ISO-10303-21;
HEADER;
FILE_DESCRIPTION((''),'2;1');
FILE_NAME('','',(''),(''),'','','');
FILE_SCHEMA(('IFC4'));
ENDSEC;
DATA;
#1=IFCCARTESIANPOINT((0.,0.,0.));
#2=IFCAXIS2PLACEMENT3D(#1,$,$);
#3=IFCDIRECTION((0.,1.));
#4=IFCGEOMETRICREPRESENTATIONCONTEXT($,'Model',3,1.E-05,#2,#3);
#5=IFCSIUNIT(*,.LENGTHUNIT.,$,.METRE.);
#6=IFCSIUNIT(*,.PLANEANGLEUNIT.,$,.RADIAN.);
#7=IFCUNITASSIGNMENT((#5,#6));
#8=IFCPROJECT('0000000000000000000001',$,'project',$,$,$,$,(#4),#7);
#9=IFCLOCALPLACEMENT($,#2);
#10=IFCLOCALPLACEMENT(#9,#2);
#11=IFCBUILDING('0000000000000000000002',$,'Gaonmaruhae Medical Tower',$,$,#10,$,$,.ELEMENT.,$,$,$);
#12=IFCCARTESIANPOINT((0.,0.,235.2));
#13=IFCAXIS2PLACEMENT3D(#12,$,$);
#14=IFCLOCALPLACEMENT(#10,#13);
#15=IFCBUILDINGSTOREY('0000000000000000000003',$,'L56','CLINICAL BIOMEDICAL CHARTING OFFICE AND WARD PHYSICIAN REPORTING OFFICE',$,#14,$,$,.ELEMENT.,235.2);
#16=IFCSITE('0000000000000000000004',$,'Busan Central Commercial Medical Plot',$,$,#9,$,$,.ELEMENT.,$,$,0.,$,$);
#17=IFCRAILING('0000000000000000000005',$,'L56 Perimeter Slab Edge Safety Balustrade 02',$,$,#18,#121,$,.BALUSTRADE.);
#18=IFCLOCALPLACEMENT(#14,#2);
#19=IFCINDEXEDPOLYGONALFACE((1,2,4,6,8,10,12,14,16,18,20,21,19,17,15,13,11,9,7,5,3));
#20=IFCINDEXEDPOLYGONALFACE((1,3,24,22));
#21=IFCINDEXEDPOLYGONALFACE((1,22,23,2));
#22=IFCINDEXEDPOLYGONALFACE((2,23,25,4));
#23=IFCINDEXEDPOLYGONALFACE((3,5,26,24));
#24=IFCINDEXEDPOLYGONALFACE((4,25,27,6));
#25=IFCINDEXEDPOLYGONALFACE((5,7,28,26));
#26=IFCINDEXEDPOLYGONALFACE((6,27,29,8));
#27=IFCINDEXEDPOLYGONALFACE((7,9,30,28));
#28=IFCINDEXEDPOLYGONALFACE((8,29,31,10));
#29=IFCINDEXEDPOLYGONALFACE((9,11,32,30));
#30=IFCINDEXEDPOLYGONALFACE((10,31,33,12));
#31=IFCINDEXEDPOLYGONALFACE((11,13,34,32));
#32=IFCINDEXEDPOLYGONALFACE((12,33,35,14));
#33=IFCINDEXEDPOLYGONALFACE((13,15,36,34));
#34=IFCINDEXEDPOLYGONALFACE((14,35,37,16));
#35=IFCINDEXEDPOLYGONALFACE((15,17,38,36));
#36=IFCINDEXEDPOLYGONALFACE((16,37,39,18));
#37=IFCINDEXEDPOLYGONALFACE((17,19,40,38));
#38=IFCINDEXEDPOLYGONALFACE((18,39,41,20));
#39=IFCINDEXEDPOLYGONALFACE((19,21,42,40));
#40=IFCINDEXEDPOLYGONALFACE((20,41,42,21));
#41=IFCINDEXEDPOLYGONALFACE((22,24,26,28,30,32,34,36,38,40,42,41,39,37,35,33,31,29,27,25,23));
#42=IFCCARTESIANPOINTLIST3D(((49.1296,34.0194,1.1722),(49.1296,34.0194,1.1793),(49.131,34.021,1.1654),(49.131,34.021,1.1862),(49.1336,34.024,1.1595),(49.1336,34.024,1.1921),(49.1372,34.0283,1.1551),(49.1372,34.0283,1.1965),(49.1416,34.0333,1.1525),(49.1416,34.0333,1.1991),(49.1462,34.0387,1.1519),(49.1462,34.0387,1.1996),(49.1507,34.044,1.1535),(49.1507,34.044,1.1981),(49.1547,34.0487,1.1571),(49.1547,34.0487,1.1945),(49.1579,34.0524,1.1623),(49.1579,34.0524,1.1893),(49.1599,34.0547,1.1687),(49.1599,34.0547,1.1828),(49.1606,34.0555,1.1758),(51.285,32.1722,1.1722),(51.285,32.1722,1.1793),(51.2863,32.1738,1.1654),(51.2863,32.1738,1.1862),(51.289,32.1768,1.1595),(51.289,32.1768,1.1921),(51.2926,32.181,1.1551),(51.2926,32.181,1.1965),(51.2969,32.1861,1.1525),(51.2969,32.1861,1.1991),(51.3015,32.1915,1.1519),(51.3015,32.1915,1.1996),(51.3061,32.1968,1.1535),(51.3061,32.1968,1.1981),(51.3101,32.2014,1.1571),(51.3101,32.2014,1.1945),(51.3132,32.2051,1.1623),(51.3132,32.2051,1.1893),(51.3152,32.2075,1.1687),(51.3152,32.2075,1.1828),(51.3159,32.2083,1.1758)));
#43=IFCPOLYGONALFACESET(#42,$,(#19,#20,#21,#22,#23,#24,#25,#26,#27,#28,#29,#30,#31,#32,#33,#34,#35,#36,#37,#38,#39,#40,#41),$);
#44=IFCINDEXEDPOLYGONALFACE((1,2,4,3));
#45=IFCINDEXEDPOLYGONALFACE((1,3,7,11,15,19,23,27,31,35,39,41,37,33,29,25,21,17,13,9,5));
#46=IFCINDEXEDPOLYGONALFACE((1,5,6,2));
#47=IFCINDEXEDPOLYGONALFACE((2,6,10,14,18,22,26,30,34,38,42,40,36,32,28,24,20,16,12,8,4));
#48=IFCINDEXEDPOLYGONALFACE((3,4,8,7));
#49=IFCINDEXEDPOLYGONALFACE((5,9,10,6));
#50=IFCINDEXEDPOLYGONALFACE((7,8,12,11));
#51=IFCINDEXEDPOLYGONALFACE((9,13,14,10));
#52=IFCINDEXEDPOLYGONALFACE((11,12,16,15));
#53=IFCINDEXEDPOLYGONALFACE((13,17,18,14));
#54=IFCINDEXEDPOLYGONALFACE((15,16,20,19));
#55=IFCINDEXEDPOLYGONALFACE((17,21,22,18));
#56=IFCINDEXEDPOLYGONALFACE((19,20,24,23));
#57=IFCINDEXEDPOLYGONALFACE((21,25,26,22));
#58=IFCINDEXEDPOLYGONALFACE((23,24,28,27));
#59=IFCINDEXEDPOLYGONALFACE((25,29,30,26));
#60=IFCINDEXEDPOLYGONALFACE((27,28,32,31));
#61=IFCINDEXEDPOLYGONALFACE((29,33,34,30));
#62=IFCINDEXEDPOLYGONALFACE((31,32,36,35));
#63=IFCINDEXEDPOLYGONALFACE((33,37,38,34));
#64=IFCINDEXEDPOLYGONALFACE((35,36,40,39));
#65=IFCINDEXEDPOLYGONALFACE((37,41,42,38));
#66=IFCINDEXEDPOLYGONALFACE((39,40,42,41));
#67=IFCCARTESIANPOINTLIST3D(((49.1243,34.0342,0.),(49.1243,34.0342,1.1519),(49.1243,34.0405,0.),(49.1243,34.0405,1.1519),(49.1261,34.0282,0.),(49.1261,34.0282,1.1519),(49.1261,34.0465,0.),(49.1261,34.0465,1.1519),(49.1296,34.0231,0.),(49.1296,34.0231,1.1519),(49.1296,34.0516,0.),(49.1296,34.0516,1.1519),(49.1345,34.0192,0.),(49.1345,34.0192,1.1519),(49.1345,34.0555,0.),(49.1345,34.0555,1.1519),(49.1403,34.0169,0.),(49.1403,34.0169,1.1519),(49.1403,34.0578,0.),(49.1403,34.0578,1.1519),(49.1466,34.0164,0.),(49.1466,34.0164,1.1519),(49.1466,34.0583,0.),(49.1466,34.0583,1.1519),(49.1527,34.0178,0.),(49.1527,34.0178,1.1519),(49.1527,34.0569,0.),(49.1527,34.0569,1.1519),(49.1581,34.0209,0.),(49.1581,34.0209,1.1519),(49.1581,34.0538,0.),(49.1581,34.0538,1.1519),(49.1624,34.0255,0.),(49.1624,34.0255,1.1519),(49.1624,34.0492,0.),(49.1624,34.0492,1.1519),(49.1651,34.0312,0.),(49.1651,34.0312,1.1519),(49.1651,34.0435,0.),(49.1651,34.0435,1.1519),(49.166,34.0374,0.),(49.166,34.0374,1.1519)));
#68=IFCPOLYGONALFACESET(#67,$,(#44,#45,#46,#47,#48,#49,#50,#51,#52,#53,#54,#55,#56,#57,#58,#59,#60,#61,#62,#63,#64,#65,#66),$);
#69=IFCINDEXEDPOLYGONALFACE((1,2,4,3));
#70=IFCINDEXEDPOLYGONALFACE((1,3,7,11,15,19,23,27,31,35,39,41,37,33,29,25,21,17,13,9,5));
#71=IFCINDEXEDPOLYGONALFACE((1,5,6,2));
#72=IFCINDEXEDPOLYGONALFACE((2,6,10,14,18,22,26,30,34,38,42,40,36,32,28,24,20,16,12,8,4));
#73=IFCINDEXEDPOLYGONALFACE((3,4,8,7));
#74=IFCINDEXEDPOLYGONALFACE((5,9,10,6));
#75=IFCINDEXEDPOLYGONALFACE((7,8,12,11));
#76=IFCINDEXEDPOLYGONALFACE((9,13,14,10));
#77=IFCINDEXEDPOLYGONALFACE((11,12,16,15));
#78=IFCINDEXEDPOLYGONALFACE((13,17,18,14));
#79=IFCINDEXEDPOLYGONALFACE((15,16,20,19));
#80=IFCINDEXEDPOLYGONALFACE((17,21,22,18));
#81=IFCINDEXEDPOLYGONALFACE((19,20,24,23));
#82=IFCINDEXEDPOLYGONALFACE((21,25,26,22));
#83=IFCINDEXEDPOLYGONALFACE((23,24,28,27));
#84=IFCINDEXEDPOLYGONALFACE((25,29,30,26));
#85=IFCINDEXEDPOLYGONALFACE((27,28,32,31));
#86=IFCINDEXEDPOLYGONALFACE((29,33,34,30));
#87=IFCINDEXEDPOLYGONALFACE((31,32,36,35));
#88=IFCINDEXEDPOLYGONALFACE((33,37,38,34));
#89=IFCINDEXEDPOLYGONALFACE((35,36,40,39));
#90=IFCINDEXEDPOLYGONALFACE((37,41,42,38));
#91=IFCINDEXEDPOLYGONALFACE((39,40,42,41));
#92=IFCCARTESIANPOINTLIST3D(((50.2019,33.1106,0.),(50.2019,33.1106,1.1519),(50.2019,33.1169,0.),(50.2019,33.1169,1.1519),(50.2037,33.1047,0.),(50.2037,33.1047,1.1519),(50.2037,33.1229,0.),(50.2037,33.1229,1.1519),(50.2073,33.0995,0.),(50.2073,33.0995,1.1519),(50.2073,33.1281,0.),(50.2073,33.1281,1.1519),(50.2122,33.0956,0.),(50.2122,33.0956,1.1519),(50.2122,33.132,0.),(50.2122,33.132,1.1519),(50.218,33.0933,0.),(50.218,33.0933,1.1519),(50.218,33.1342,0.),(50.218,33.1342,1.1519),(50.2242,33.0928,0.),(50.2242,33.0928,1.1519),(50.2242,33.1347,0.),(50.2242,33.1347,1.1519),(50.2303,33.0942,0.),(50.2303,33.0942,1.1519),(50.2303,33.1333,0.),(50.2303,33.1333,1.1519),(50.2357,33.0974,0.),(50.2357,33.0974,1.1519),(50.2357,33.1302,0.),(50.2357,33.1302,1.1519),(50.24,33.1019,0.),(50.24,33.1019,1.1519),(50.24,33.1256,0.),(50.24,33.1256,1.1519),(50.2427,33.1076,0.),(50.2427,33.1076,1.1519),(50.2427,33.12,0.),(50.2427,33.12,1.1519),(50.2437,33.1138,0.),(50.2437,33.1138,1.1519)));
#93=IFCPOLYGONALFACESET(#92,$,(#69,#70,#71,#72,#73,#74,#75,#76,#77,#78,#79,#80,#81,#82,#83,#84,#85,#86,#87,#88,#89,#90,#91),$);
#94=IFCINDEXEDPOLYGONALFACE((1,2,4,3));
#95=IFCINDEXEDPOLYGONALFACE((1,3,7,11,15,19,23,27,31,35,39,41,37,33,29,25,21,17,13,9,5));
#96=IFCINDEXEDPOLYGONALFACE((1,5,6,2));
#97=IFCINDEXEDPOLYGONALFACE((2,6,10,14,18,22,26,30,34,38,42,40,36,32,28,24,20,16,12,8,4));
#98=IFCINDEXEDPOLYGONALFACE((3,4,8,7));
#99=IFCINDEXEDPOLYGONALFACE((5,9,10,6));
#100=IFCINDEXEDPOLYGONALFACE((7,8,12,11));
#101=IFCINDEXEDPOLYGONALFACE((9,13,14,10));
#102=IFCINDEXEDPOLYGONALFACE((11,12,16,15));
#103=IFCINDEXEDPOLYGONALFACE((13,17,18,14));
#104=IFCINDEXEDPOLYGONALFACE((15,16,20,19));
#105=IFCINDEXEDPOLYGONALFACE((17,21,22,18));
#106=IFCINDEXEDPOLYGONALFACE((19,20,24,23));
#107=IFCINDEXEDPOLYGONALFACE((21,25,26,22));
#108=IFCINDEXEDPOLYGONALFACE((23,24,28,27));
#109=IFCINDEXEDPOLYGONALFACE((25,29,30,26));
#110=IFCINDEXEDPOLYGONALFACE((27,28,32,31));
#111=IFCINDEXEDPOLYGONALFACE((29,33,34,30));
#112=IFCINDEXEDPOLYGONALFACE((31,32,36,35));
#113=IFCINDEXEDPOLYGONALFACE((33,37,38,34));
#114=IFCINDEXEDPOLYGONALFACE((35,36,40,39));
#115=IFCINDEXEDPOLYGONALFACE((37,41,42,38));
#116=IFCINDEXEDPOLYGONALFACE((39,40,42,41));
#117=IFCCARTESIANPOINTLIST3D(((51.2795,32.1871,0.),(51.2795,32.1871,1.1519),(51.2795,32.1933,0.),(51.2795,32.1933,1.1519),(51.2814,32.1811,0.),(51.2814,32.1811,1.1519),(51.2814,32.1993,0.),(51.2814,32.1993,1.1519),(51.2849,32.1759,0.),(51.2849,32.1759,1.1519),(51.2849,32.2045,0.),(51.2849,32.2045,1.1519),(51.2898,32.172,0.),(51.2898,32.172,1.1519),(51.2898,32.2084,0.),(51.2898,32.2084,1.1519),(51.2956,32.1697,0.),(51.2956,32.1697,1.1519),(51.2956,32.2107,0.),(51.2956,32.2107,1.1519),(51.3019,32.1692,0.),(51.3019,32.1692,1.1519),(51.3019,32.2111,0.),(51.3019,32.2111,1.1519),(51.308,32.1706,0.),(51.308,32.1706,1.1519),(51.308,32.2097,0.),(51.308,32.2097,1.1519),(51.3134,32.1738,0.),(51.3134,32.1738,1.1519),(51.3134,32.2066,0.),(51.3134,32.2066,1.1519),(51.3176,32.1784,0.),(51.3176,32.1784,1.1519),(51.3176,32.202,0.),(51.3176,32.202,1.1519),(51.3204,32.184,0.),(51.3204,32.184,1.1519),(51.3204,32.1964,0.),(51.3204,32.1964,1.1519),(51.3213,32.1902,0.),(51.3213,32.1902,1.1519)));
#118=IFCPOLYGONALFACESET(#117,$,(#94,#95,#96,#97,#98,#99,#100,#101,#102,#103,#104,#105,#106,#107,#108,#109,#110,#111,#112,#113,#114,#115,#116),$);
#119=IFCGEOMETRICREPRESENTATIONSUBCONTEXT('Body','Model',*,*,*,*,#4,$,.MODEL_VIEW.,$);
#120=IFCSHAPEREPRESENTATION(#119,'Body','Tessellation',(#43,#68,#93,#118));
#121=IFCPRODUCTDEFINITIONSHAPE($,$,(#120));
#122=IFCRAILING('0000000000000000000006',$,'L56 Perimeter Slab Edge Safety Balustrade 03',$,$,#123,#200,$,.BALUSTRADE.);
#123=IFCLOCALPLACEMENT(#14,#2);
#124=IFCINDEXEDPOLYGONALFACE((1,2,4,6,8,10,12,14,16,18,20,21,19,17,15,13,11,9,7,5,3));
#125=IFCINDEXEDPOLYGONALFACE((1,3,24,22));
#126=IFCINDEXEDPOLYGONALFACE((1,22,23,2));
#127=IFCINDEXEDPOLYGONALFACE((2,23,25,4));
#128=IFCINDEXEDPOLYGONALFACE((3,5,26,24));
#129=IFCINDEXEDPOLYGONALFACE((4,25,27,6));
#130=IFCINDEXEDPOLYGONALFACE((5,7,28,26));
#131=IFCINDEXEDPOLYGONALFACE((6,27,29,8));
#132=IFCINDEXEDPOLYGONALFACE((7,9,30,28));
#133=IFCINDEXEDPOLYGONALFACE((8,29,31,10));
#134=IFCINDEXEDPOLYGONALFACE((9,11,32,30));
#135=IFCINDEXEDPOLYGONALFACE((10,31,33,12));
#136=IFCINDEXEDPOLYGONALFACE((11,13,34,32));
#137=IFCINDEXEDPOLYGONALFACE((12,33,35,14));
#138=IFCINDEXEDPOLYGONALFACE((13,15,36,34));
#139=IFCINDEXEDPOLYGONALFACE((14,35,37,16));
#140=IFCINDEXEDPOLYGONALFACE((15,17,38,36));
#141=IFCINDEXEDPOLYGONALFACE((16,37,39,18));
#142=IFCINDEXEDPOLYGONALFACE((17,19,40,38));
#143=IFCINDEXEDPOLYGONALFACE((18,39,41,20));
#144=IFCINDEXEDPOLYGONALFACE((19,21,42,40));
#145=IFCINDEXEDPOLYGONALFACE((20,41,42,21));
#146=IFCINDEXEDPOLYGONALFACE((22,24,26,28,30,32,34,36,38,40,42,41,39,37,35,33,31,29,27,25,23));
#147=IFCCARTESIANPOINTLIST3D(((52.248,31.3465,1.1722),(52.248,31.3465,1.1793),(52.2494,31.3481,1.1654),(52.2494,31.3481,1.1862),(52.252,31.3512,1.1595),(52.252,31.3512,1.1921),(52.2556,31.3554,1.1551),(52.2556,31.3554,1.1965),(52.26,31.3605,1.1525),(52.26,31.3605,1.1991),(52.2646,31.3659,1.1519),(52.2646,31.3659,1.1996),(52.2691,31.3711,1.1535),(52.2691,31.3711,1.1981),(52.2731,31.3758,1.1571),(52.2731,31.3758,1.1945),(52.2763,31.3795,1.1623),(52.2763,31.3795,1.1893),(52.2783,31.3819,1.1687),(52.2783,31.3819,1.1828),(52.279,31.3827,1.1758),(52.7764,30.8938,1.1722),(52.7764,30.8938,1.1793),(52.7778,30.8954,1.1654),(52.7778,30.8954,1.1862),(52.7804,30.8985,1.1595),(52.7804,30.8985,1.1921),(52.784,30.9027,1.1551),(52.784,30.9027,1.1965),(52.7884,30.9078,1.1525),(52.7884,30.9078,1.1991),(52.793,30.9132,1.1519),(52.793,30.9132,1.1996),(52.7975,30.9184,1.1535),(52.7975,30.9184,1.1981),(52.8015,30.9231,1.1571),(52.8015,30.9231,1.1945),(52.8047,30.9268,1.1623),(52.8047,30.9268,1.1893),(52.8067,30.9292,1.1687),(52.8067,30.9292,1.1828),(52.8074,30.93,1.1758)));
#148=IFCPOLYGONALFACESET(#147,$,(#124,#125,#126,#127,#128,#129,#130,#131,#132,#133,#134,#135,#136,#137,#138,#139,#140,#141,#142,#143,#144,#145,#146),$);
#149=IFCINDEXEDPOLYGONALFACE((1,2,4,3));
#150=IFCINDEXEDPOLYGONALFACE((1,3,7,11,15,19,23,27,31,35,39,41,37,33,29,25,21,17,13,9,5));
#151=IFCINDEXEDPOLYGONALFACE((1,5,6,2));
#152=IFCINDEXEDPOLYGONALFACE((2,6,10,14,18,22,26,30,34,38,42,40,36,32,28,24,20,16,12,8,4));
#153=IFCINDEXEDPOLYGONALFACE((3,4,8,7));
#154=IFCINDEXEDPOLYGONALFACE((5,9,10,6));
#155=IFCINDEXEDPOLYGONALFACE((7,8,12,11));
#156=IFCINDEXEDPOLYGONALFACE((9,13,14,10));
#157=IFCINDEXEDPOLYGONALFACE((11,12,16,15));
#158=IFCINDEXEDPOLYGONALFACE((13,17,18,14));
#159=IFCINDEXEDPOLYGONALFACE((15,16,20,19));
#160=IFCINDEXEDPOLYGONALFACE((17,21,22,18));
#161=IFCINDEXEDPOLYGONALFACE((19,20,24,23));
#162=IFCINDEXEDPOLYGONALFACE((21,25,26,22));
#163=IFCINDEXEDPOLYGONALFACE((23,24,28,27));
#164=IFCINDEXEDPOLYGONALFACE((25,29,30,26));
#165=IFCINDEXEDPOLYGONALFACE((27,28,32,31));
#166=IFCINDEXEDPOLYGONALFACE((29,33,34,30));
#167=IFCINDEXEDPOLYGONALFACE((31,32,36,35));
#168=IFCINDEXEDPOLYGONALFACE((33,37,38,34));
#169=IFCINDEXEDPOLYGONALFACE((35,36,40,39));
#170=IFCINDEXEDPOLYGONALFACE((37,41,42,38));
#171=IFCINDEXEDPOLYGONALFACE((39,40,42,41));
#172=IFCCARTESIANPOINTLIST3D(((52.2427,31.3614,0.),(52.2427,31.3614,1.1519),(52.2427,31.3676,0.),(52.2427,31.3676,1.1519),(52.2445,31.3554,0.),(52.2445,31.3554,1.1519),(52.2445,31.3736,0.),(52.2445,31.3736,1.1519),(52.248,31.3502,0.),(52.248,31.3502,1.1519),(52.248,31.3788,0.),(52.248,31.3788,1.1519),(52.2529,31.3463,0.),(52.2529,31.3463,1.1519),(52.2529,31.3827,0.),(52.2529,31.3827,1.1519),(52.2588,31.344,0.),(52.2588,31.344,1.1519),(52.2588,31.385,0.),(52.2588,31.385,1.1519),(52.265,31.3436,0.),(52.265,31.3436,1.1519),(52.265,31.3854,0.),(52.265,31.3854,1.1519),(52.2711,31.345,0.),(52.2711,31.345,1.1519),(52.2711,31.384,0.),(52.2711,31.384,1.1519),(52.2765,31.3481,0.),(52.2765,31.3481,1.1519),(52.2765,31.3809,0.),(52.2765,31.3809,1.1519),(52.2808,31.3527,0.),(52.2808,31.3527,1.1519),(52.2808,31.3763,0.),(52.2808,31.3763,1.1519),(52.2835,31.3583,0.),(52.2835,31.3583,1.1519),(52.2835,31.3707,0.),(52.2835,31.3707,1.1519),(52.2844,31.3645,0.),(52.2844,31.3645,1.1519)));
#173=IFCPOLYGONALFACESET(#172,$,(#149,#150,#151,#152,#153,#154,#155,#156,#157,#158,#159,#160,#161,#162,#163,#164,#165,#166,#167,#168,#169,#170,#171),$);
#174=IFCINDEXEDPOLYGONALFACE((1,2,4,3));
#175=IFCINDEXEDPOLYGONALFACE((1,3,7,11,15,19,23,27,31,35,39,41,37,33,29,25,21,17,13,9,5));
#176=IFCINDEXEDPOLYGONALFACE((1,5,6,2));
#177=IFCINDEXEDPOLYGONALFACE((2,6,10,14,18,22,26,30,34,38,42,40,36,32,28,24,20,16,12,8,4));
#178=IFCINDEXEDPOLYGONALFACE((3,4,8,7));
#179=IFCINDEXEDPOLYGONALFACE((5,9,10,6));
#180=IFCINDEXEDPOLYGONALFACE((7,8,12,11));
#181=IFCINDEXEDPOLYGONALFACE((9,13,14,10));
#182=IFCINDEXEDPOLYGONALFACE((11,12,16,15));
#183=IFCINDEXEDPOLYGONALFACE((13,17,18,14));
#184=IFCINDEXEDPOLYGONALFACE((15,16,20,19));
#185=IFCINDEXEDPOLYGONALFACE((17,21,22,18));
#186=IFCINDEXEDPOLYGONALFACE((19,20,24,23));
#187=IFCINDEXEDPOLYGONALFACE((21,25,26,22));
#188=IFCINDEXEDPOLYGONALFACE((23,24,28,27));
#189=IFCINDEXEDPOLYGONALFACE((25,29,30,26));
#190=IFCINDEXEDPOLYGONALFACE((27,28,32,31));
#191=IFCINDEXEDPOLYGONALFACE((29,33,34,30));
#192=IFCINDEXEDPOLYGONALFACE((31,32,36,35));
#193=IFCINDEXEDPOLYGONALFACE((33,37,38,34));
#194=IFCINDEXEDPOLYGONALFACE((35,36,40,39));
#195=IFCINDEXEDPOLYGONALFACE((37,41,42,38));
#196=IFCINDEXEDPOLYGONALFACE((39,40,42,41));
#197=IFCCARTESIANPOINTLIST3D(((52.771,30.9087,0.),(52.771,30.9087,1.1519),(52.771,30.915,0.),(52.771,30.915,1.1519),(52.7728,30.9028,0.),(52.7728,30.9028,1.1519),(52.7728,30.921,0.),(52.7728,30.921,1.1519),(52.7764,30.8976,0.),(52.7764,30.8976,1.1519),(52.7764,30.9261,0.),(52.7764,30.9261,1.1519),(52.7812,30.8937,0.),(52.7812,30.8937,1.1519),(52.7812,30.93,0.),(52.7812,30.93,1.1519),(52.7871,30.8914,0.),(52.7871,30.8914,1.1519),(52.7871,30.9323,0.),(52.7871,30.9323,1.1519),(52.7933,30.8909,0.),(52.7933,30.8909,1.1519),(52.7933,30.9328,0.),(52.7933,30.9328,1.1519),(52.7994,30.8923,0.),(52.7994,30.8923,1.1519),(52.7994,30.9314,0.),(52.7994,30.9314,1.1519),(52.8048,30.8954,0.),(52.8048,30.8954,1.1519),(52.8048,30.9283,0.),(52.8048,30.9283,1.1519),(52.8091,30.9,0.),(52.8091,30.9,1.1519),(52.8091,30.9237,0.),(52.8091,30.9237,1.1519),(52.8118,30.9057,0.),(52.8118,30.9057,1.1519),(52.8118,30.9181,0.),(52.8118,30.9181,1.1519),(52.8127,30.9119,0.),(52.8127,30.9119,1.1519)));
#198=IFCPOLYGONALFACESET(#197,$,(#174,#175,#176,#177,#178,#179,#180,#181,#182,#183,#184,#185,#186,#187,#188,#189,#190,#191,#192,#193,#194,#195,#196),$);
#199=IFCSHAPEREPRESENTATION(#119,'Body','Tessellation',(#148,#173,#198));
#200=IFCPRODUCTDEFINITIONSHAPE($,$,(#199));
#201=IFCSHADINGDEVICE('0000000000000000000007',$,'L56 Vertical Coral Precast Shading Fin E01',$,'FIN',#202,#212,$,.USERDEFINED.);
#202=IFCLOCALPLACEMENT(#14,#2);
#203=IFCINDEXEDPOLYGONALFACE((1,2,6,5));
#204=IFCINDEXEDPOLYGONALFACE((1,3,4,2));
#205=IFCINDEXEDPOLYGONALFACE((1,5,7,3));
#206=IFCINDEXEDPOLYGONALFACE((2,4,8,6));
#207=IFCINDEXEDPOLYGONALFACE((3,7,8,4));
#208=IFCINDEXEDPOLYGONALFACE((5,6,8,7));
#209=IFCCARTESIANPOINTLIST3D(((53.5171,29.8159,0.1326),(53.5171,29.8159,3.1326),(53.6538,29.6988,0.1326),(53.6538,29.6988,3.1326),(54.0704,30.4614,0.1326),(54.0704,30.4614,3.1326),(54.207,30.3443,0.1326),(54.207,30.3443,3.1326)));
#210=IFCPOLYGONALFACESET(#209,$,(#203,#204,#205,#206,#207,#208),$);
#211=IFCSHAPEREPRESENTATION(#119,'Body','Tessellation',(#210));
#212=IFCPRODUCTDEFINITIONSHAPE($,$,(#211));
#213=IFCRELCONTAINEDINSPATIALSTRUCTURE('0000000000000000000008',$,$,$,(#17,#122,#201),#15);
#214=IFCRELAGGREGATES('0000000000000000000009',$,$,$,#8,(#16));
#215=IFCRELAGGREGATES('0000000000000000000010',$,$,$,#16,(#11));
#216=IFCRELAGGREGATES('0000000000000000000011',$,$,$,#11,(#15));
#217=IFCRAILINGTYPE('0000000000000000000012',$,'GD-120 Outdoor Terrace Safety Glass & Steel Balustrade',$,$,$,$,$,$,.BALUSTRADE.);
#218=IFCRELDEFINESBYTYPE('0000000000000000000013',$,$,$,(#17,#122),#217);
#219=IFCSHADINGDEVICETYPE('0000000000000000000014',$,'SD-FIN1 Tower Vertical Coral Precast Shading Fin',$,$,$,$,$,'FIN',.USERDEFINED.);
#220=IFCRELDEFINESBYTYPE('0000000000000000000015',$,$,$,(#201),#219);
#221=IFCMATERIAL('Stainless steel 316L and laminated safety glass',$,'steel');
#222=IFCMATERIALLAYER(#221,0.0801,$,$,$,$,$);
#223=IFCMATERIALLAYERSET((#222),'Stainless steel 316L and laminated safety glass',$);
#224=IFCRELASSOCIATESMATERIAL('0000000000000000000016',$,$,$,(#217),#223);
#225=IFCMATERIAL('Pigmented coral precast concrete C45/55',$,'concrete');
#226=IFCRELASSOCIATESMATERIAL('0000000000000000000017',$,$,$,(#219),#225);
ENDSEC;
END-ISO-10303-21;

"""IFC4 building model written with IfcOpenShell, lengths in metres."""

from ifc_helpers import new_model, si_unit, direction, frame, origin, origin_2d, place, context, subcontext, project, spatial, rectangle, circle, extrude, material, layer, layer_set, type_object, element, save


model = new_model("IFC4")

# Units and contexts
model_context = context("Model", 3, precision=1e-05, world=origin(), true_north=direction((0.0, 1.0)))
body_context = subcontext(model_context, "Body", "Model", "MODEL_VIEW")
ifc_project = project(units=[si_unit("LENGTHUNIT", "METRE"), si_unit("PLANEANGLEUNIT", "RADIAN")], contexts=[model_context])

# Site, building, storey
site_placement = place(None, origin())
site = spatial("IfcSite", under=ifc_project, at=site_placement, Name="Busan Central Commercial Medical Plot", CompositionType="ELEMENT", RefElevation=0.0)
building_placement = place(site_placement, origin())
building = spatial("IfcBuilding", under=site, at=building_placement, Name="Gaonmaruhae Medical Tower", CompositionType="ELEMENT")
storey_placement = place(building_placement, frame((0.0, 0.0, 235.2)))
storey = spatial("IfcBuildingStorey", under=building, at=storey_placement, Name="L56", Description="CLINICAL BIOMEDICAL CHARTING OFFICE AND WARD PHYSICIAN REPORTING OFFICE", CompositionType="ELEMENT", Elevation=235.2)

# Railings
ifc_material_1 = material(Name="Stainless steel 316L and laminated safety glass", Category="steel")
ifc_layer_1 = layer(ifc_material_1, 0.0801)
ifc_layer_set_1 = layer_set([ifc_layer_1], Name="Stainless steel 316L and laminated safety glass")
railing_type = type_object("IfcRailingType", Name="GD-120 Outdoor Terrace Safety Glass & Steel Balustrade", PredefinedType="BALUSTRADE", material=ifc_layer_set_1)
railing_1_placement = place(storey_placement, frame((49.145, 34.0374, 0.0)))
element("IfcRailing", 1, at=railing_1_placement, inside=storey, type_object=railing_type, Name="L56 Perimeter Slab Edge Safety Balustrade 02", PredefinedType="BALUSTRADE", context=body_context, shape_type="SweptSolid", body=[
    extrude(circle(Radius=0.0239, at=origin_2d()), frame((0.0, 0.0, 1.1758), z_axis=(0.759293, -0.650749, 0.0), x_axis=(0.650749, 0.759293, 0.0)), (0.0, 0.0, 1.0), 2.8386),
    extrude(circle(Radius=0.021, at=origin_2d()), origin(), (0.0, 0.0, 1.0), 1.1519),
    extrude(circle(Radius=0.021, at=origin_2d()), frame((1.0776, -0.9236, 0.0)), (0.0, 0.0, 1.0), 1.1519),
    extrude(circle(Radius=0.021, at=origin_2d()), frame((2.1553, -1.8472, 0.0)), (0.0, 0.0, 1.0), 1.1519),
])
railing_2_placement = place(storey_placement, frame((52.2634, 31.3645, 0.0)))
element("IfcRailing", 2, at=railing_2_placement, inside=storey, type_object=railing_type, Name="L56 Perimeter Slab Edge Safety Balustrade 03", PredefinedType="BALUSTRADE", context=body_context, shape_type="SweptSolid", body=[
    extrude(circle(Radius=0.0239, at=origin_2d()), frame((0.0, 0.0, 1.1758), z_axis=(0.759405, -0.650618, 0.0), x_axis=(0.650618, 0.759405, 0.0)), (0.0, 0.0, 1.0), 0.6958),
    extrude(circle(Radius=0.021, at=origin_2d()), origin(), (0.0, 0.0, 1.0), 1.1519),
    extrude(circle(Radius=0.021, at=origin_2d()), frame((0.5283, -0.4526, 0.0)), (0.0, 0.0, 1.0), 1.1519),
])

# Shading device
ifc_material_2 = material(Name="Pigmented coral precast concrete C45/55", Category="concrete")
shading_device_type = type_object("IfcShadingDeviceType", Name="SD-FIN1 Tower Vertical Coral Precast Shading Fin", ElementType="FIN", PredefinedType="USERDEFINED", material=ifc_material_2)
for number, where, z_axis, x_axis, name in (
    (3, (53.8621, 30.0801, 0.1326), (0.0, 0.0, 1.0), (0.759271, -0.650774, 0.0), "L56 Vertical Coral Precast Shading Fin E01"),
):
    element("IfcShadingDevice", number, at=place(storey_placement, frame(where, z_axis=z_axis, x_axis=x_axis)), inside=storey, type_object=shading_device_type, Name=name, ObjectType="FIN", PredefinedType="USERDEFINED", context=body_context, shape_type="SweptSolid", body=[
        extrude(rectangle(XDim=0.1799, YDim=0.8501, at=origin_2d()), origin(), (0.0, 0.0, 1.0), 3.0),
    ])

save(model, "model.ifc")
